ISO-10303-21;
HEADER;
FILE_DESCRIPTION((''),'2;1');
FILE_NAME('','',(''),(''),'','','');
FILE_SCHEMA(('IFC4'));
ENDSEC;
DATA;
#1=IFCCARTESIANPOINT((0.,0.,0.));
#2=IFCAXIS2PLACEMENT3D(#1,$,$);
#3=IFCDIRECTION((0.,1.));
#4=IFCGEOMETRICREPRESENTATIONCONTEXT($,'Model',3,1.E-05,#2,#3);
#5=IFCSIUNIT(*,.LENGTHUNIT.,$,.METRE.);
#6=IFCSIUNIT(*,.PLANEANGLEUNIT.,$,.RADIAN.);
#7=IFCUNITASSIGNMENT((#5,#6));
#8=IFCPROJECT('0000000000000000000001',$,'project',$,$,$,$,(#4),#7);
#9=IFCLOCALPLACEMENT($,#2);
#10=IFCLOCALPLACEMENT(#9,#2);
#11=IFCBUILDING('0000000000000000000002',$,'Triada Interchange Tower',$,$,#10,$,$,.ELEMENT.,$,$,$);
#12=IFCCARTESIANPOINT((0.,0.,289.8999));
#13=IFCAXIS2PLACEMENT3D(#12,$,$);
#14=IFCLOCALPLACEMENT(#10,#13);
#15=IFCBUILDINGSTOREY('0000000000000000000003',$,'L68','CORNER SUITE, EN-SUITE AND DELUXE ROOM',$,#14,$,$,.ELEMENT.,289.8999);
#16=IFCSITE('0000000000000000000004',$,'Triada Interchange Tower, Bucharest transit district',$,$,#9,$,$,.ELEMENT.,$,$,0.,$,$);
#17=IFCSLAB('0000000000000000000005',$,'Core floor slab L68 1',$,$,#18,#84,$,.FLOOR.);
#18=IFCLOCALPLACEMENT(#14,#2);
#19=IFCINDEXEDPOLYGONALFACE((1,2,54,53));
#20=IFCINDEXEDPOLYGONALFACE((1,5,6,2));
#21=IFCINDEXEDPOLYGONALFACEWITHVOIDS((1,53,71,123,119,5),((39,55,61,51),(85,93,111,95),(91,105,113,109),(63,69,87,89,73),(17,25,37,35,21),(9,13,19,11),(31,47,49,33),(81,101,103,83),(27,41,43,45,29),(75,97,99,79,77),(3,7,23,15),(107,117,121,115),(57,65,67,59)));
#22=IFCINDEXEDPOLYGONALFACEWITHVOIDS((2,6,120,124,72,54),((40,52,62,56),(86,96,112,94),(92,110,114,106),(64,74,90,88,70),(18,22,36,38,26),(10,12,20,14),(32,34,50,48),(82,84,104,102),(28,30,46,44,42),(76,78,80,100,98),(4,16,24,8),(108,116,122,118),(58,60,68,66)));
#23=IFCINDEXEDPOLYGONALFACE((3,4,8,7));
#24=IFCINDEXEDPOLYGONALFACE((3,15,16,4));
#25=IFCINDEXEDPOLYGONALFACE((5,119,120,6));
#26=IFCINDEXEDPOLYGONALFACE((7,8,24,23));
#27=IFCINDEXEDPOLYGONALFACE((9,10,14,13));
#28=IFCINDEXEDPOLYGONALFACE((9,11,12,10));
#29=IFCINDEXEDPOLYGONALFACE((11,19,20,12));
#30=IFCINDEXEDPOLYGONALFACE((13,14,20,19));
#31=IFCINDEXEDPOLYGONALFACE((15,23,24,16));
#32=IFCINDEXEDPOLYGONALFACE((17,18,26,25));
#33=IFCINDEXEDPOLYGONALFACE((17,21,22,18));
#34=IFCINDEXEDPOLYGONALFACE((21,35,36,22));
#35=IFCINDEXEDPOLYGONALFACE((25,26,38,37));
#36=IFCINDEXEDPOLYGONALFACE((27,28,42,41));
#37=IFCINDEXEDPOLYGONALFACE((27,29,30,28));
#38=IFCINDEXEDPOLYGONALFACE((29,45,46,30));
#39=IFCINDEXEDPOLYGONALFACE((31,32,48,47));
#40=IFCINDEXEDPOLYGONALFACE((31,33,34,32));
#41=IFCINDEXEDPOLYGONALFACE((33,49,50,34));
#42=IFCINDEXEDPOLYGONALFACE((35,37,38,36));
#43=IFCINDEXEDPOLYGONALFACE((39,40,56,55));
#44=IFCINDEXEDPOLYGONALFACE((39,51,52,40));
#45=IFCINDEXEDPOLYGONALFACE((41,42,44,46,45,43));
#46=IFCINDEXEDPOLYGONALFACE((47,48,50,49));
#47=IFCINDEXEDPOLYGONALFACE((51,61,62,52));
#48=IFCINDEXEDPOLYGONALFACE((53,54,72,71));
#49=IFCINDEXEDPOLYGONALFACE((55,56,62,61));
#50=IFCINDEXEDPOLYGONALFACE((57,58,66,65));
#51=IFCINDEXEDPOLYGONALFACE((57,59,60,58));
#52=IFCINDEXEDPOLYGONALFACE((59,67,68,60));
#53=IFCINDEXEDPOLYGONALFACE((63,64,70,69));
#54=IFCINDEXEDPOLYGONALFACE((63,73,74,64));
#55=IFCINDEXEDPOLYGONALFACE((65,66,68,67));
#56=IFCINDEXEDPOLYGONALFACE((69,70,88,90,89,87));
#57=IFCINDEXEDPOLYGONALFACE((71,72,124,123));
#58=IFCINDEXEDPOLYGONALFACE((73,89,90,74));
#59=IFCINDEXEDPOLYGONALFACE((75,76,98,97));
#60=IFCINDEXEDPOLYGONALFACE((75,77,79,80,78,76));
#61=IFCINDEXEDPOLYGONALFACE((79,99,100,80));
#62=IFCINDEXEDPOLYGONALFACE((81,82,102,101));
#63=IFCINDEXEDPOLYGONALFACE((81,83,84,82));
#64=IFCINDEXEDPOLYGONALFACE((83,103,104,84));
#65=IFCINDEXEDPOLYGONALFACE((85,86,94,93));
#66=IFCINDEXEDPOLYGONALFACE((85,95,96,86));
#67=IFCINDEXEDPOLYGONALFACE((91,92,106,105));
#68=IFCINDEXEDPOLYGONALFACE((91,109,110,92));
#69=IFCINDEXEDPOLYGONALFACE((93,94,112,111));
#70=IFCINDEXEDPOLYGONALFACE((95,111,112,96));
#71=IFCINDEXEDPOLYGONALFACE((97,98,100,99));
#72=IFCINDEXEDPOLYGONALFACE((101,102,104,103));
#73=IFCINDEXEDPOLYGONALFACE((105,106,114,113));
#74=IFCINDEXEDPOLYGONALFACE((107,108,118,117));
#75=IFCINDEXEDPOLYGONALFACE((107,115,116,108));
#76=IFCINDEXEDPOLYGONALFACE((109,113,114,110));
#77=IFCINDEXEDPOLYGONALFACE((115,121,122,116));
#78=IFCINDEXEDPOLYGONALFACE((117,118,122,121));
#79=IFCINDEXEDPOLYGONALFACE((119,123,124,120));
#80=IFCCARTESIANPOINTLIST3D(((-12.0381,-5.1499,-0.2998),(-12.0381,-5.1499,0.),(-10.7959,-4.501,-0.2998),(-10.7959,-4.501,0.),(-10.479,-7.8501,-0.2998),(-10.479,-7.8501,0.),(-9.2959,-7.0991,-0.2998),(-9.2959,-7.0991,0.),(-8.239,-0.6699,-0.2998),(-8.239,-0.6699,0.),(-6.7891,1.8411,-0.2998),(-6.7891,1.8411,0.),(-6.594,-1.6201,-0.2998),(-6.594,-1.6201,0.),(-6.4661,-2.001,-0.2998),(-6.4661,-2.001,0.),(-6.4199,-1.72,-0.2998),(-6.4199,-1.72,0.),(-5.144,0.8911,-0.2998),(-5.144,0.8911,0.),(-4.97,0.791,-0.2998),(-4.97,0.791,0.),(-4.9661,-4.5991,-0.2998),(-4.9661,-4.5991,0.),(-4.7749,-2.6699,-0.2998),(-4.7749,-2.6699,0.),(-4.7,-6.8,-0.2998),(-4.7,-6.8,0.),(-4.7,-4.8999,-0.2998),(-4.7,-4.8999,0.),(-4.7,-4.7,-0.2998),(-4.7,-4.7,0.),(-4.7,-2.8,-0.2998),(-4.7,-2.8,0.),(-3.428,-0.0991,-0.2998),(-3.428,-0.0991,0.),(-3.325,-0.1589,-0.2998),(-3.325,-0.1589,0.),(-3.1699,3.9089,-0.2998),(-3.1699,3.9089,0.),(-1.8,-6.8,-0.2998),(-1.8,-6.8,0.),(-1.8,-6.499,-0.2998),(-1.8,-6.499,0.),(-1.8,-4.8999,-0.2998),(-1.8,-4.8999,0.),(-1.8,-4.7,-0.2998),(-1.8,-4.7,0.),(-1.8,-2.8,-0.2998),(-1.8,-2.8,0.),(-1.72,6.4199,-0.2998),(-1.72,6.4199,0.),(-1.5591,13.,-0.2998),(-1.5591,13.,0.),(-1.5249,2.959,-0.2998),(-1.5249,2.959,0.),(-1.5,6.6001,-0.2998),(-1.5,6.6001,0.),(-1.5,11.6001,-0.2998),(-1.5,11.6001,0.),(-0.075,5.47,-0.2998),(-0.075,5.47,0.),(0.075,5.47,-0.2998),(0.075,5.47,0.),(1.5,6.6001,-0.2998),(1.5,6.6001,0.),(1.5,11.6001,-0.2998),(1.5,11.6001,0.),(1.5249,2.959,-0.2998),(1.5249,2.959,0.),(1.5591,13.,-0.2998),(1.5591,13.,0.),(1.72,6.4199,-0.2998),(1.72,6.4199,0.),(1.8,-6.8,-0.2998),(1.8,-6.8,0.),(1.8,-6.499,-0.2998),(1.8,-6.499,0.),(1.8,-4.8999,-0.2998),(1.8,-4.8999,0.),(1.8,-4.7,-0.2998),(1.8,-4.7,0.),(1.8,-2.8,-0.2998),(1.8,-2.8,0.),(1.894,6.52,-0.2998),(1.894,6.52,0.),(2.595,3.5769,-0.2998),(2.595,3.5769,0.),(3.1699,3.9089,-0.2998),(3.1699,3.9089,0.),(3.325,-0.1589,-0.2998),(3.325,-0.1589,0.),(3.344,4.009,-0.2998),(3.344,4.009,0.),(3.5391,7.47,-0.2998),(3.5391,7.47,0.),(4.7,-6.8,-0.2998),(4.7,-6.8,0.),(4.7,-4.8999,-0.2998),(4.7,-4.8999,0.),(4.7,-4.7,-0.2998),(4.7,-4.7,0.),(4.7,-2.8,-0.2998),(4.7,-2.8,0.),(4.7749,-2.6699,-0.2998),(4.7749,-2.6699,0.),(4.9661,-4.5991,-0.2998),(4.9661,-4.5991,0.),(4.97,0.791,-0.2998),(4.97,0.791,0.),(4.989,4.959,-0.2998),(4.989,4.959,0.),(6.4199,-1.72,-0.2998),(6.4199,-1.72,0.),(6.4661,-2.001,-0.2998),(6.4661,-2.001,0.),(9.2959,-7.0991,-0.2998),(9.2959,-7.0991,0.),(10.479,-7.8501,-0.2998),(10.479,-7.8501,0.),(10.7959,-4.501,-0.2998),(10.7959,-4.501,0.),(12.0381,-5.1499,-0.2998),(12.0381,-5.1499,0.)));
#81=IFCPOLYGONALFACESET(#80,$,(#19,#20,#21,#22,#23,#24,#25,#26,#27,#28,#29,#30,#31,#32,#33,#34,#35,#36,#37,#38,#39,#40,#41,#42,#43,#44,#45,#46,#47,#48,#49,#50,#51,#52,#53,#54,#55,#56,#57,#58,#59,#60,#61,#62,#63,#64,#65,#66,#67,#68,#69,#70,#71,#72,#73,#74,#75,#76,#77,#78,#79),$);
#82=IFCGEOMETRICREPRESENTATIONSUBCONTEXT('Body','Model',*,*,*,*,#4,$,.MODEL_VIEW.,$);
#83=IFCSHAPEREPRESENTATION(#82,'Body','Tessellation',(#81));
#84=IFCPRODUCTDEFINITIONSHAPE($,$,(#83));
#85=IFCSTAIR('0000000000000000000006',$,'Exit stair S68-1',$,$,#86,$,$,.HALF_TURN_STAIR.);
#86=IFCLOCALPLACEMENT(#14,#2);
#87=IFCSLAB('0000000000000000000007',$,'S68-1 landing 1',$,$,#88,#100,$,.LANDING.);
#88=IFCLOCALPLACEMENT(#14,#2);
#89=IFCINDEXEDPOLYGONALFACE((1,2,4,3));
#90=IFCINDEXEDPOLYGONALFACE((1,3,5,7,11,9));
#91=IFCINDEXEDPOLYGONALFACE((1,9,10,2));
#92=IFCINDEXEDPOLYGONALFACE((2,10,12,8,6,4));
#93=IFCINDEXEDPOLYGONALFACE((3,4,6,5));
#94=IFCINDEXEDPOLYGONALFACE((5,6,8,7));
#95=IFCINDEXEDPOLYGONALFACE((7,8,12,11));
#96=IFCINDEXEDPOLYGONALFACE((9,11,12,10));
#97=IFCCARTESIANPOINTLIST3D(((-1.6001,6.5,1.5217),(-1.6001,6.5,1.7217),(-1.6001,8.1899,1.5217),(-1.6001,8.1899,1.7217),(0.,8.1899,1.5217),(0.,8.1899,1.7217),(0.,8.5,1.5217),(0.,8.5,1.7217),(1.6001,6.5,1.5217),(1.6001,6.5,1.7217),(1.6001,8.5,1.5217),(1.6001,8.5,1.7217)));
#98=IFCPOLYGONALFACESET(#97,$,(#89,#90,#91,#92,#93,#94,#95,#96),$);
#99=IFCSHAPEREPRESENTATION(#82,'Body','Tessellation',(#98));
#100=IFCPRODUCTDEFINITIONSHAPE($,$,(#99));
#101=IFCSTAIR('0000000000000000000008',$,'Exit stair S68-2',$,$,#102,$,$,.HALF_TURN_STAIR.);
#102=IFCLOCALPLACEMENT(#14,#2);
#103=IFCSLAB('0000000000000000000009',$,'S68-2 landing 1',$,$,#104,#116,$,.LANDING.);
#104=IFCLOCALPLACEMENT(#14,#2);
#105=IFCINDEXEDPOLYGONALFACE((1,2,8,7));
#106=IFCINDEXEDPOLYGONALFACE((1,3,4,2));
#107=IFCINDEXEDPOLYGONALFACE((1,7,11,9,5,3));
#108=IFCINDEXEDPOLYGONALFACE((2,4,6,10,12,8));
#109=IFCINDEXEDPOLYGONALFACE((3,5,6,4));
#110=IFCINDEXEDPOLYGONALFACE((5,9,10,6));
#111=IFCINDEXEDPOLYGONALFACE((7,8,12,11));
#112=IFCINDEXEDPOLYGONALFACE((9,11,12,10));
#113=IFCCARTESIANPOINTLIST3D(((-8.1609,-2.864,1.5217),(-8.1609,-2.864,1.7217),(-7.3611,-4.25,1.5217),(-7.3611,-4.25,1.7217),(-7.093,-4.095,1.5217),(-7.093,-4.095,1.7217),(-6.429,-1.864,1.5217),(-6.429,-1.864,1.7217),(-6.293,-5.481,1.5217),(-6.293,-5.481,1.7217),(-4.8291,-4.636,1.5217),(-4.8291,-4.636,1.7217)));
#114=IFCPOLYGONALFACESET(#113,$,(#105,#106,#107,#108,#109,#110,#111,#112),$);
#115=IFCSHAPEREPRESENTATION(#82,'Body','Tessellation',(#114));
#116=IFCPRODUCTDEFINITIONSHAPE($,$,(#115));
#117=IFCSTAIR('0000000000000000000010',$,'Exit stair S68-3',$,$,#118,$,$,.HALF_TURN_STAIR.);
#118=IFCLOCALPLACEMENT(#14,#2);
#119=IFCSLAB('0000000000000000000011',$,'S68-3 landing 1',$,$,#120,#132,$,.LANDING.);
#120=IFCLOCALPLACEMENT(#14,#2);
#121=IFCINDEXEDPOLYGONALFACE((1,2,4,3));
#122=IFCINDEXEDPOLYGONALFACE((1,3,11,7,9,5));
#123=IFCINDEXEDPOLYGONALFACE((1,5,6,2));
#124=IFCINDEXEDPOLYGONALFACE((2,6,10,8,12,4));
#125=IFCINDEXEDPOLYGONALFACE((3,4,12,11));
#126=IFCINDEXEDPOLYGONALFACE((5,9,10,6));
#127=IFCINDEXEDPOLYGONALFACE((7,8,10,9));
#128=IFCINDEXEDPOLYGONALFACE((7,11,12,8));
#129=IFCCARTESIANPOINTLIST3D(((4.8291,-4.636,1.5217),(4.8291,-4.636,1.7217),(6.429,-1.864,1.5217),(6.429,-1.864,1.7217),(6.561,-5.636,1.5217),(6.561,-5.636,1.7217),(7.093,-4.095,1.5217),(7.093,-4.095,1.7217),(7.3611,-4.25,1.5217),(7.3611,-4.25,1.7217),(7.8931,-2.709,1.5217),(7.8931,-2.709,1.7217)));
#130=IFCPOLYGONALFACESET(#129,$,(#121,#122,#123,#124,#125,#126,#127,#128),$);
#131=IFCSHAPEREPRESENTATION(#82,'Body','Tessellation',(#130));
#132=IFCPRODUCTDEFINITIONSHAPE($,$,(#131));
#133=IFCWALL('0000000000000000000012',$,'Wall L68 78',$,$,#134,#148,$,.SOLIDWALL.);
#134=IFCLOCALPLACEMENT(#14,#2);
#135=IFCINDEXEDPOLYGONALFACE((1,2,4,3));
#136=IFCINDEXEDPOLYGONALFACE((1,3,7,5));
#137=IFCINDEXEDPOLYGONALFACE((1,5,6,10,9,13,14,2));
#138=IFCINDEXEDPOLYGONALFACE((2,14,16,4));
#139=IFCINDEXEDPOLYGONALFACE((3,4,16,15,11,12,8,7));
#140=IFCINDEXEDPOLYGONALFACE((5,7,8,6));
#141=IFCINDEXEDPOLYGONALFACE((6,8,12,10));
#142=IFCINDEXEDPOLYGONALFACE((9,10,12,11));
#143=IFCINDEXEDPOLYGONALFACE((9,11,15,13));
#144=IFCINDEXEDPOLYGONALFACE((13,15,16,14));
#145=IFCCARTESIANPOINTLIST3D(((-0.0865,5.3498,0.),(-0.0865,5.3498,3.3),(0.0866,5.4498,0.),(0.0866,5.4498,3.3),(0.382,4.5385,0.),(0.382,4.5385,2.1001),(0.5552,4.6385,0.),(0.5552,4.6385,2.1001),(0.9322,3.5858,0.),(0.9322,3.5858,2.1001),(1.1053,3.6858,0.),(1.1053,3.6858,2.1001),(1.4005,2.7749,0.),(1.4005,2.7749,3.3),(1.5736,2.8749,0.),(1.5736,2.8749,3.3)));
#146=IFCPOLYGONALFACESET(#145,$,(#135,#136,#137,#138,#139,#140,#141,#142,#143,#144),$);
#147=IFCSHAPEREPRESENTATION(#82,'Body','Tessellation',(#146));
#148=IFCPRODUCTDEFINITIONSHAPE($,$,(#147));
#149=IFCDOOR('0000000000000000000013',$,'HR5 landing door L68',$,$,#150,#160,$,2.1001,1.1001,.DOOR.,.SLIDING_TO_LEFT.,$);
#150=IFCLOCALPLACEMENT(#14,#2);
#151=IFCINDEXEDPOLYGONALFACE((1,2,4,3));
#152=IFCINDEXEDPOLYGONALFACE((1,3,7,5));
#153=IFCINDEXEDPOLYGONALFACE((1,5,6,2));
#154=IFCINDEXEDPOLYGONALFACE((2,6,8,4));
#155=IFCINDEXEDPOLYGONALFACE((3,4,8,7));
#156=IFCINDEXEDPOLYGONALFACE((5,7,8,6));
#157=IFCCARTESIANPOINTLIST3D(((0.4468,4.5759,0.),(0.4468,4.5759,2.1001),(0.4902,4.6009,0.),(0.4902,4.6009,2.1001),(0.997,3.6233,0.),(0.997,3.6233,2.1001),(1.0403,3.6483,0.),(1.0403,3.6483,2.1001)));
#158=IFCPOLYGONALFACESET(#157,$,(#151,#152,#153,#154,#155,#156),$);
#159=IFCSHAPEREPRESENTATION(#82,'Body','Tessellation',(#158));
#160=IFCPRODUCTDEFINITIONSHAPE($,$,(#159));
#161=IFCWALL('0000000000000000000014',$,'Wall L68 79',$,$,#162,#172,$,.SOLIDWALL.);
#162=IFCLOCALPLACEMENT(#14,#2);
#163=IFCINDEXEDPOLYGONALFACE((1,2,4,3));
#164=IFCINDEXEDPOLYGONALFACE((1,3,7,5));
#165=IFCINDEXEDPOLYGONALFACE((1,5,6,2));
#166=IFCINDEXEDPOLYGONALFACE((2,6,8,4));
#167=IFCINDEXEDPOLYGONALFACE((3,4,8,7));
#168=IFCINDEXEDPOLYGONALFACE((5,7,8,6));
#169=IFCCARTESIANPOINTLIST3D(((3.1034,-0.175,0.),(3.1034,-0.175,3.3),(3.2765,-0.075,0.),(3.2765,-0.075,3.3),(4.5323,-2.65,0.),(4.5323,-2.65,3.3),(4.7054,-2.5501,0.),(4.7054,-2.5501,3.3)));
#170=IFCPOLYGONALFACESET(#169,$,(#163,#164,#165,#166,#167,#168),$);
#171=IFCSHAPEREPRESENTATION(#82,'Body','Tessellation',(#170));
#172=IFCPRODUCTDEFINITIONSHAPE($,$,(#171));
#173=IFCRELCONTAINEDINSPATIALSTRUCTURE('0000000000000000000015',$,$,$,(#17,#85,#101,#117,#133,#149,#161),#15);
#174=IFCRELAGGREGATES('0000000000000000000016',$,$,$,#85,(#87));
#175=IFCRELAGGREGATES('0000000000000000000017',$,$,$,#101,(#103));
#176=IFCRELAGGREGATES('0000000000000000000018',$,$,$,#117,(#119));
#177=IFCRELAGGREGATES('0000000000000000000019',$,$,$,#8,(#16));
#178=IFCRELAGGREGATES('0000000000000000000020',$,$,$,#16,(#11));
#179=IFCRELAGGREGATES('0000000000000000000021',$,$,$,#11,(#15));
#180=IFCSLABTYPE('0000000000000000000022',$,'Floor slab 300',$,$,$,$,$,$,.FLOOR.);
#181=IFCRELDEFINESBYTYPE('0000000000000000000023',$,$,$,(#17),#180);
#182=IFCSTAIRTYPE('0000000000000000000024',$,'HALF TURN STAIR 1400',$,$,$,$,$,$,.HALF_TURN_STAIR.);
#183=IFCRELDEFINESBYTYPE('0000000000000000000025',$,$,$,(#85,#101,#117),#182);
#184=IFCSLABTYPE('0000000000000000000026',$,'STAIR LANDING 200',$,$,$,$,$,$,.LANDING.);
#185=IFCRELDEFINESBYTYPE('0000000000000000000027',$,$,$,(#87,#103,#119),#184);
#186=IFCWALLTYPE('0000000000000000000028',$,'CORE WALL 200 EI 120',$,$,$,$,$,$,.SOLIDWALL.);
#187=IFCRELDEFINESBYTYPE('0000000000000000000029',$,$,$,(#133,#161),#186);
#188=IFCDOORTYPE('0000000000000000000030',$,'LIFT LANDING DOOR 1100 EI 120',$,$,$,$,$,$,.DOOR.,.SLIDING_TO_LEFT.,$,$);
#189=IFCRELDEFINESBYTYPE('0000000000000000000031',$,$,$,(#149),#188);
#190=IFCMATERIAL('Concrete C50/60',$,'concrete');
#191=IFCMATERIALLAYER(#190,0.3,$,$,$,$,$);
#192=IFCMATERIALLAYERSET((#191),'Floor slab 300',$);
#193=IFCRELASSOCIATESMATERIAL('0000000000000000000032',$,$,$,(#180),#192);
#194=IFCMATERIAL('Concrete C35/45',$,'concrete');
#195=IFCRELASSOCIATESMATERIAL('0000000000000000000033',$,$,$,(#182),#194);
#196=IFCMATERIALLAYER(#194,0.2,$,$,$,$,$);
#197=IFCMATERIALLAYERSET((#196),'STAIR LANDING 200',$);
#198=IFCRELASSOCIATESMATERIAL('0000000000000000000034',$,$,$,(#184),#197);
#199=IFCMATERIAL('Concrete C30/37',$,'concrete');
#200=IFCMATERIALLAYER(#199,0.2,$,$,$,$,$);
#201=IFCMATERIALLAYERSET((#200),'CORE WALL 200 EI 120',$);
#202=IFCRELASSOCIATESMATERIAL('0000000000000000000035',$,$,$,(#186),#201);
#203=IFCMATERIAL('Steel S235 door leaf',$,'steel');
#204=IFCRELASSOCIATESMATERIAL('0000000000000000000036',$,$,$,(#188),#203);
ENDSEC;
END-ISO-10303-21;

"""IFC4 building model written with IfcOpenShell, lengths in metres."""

from ifc_helpers import new_model, si_unit, direction, frame, frame_2d, origin, place, context, subcontext, project, spatial, polyline, rectangle, outline, extrude, material, layer, layer_set, type_object, element, fill, aggregate, save


model = new_model("IFC4")

# Units and contexts
model_context = context("Model", 3, precision=1e-05, world=origin(), true_north=direction((0.0, 1.0)))
body_context = subcontext(model_context, "Body", "Model", "MODEL_VIEW")
ifc_project = project(units=[si_unit("LENGTHUNIT", "METRE"), si_unit("PLANEANGLEUNIT", "RADIAN")], contexts=[model_context])

# Site, building, storey
site_placement = place(None, origin())
site = spatial("IfcSite", under=ifc_project, at=site_placement, Name="Triada Interchange Tower, Bucharest transit district", CompositionType="ELEMENT", RefElevation=0.0)
building_placement = place(site_placement, origin())
building = spatial("IfcBuilding", under=site, at=building_placement, Name="Triada Interchange Tower", CompositionType="ELEMENT")
storey_placement = place(building_placement, frame((0.0, 0.0, 289.8999)))
storey = spatial("IfcBuildingStorey", under=building, at=storey_placement, Name="L68", Description="CORNER SUITE, EN-SUITE AND DELUXE ROOM", CompositionType="ELEMENT", Elevation=289.8999)

# Slab
ifc_material_1 = material(Name="Concrete C50/60", Category="concrete")
ifc_layer_1 = layer(ifc_material_1, 0.3)
ifc_layer_set_1 = layer_set([ifc_layer_1], Name="Floor slab 300")
slab_type_1 = type_object("IfcSlabType", Name="Floor slab 300", PredefinedType="FLOOR", material=ifc_layer_set_1)
slab_1_placement = place(storey_placement, frame((0.0, 0.0, -0.2998)))
element("IfcSlab", 1, at=slab_1_placement, inside=storey, type_object=slab_type_1, Name="Core floor slab L68 1", PredefinedType="FLOOR", context=body_context, shape_type="SweptSolid", body=[
    extrude(outline(polyline([(12.0381, -5.1499), (10.479, -7.8501), (-10.479, -7.8501), (-12.0381, -5.1499), (-1.5591, 13.0), (1.5591, 13.0), (12.0381, -5.1499)]), holes=[polyline([(9.2959, -7.0991), (10.7959, -4.501), (6.4661, -2.001), (4.9661, -4.5991), (9.2959, -7.0991)]), polyline([(4.97, 0.791), (3.325, -0.1589), (4.7749, -2.6699), (6.4199, -1.72), (4.97, 0.791)]), polyline([(1.894, 6.52), (3.344, 4.009), (4.989, 4.959), (3.5391, 7.47), (1.894, 6.52)]), polyline([(1.8, -4.8999), (1.8, -6.499), (1.8, -6.8), (4.7, -6.8), (4.7, -4.8999), (1.8, -4.8999)]), polyline([(4.7, -2.8), (1.8, -2.8), (1.8, -4.7), (4.7, -4.7), (4.7, -2.8)]), polyline([(1.5249, 2.959), (2.595, 3.5769), (3.1699, 3.9089), (1.72, 6.4199), (0.075, 5.47), (1.5249, 2.959)]), polyline([(-1.5, 11.6001), (-1.5, 6.6001), (1.5, 6.6001), (1.5, 11.6001), (-1.5, 11.6001)]), polyline([(-1.5249, 2.959), (-0.075, 5.47), (-1.72, 6.4199), (-3.1699, 3.9089), (-1.5249, 2.959)]), polyline([(-1.8, -2.8), (-4.7, -2.8), (-4.7, -4.7), (-1.8, -4.7), (-1.8, -2.8)]), polyline([(-4.7, -6.8), (-1.8, -6.8), (-1.8, -6.499), (-1.8, -4.8999), (-4.7, -4.8999), (-4.7, -6.8)]), polyline([(-3.428, -0.0991), (-4.97, 0.791), (-6.4199, -1.72), (-4.7749, -2.6699), (-3.325, -0.1589), (-3.428, -0.0991)]), polyline([(-10.7959, -4.501), (-9.2959, -7.0991), (-4.9661, -4.5991), (-6.4661, -2.001), (-10.7959, -4.501)]), polyline([(-6.594, -1.6201), (-5.144, 0.8911), (-6.7891, 1.8411), (-8.239, -0.6699), (-6.594, -1.6201)])]), origin(), (0.0, 0.0, 1.0), 0.2998),
])

# Stairs, slabs
ifc_material_2 = material(Name="Concrete C35/45", Category="concrete")
stair_type = type_object("IfcStairType", Name="HALF TURN STAIR 1400", PredefinedType="HALF_TURN_STAIR", material=ifc_material_2)
stair_1_placement = place(storey_placement, origin())
stair_1 = element("IfcStair", 2, at=stair_1_placement, inside=storey, type_object=stair_type, Name="Exit stair S68-1", PredefinedType="HALF_TURN_STAIR")
ifc_layer_2 = layer(ifc_material_2, 0.2)
ifc_layer_set_2 = layer_set([ifc_layer_2], Name="STAIR LANDING 200")
slab_type_2 = type_object("IfcSlabType", Name="STAIR LANDING 200", PredefinedType="LANDING", material=ifc_layer_set_2)
slab_2_placement = place(storey_placement, frame((0.0, 0.0, 1.5217)))
slab_2 = element("IfcSlab", 3, at=slab_2_placement, type_object=slab_type_2, Name="S68-1 landing 1", PredefinedType="LANDING", context=body_context, shape_type="SweptSolid", body=[
    extrude(outline(polyline([(1.6001, 6.5), (1.6001, 8.5), (0.0, 8.5), (0.0, 8.1899), (-1.6001, 8.1899), (-1.6001, 6.5), (1.6001, 6.5)])), origin(), (0.0, 0.0, 1.0), 0.2),
])
aggregate(stair_1, [slab_2])
stair_2_placement = place(storey_placement, origin())
stair_2 = element("IfcStair", 4, at=stair_2_placement, inside=storey, type_object=stair_type, Name="Exit stair S68-2", PredefinedType="HALF_TURN_STAIR")
slab_3_placement = place(storey_placement, frame((0.0, 0.0, 1.5217)))
slab_3 = element("IfcSlab", 5, at=slab_3_placement, type_object=slab_type_2, Name="S68-2 landing 1", PredefinedType="LANDING", context=body_context, shape_type="SweptSolid", body=[
    extrude(outline(polyline([(-6.429, -1.864), (-8.1609, -2.864), (-7.3611, -4.25), (-7.093, -4.095), (-6.293, -5.481), (-4.8291, -4.636), (-6.429, -1.864)])), origin(), (0.0, 0.0, 1.0), 0.2),
])
aggregate(stair_2, [slab_3])
stair_3_placement = place(storey_placement, origin())
stair_3 = element("IfcStair", 6, at=stair_3_placement, inside=storey, type_object=stair_type, Name="Exit stair S68-3", PredefinedType="HALF_TURN_STAIR")
slab_4_placement = place(storey_placement, frame((0.0, 0.0, 1.5217)))
slab_4 = element("IfcSlab", 7, at=slab_4_placement, type_object=slab_type_2, Name="S68-3 landing 1", PredefinedType="LANDING", context=body_context, shape_type="SweptSolid", body=[
    extrude(outline(polyline([(4.8291, -4.636), (6.561, -5.636), (7.3611, -4.25), (7.093, -4.095), (7.8931, -2.709), (6.429, -1.864), (4.8291, -4.636)])), origin(), (0.0, 0.0, 1.0), 0.2),
])
aggregate(stair_3, [slab_4])

# Wall, opening, door
ifc_material_3 = material(Name="Concrete C30/37", Category="concrete")
ifc_layer_3 = layer(ifc_material_3, 0.2)
ifc_layer_set_3 = layer_set([ifc_layer_3], Name="CORE WALL 200 EI 120")
wall_type_1 = type_object("IfcWallType", Name="CORE WALL 200 EI 120", PredefinedType="SOLIDWALL", material=ifc_layer_set_3)
wall_1_placement = place(storey_placement, frame((0.0, 5.3999, 0.0), z_axis=(0.0, 0.0, 1.0), x_axis=(0.500104, -0.865965, 0.0)))
wall_1 = element("IfcWall", 8, at=wall_1_placement, inside=storey, type_object=wall_type_1, Name="Wall L68 78", PredefinedType="SOLIDWALL", context=body_context, shape_type="SweptSolid", body=[
    extrude(rectangle(XDim=2.9734, YDim=0.2, at=frame_2d((1.4868, 0.0))), origin(), (0.0, 0.0, 1.0), 3.3),
])
opening_1_placement = place(wall_1_placement, frame((0.937, 0.0, 0.0)))
opening_1 = element("IfcOpeningElement", 9, at=opening_1_placement, cuts=wall_1, PredefinedType="OPENING", context=body_context, shape_type="SweptSolid", body=[
    extrude(rectangle(XDim=1.1001, YDim=2.1001, at=frame_2d((0.55, 1.05))), frame((0.0, 0.1099, 0.0), z_axis=(0.0, -1.0, 0.0), x_axis=(1.0, 0.0, 0.0)), (0.0, 0.0, 1.0), 0.22),
])
ifc_material_4 = material(Name="Steel S235 door leaf", Category="steel")
door_type_1 = type_object("IfcDoorType", Name="LIFT LANDING DOOR 1100 EI 120", OperationType="SLIDING_TO_LEFT", PredefinedType="DOOR", material=ifc_material_4)
door_1_placement = place(opening_1_placement, origin())
door_1 = element("IfcDoor", 10, at=door_1_placement, inside=storey, type_object=door_type_1, Name="HR5 landing door L68", OperationType="SLIDING_TO_LEFT", OverallHeight=2.1001, OverallWidth=1.1001, PredefinedType="DOOR", context=body_context, shape_type="SweptSolid", body=[
    extrude(rectangle(XDim=1.1001, YDim=2.1001, at=frame_2d((0.55, 1.05))), frame((0.0, 0.0249, 0.0), z_axis=(0.0, -1.0, 0.0), x_axis=(1.0, 0.0, 0.0)), (0.0, 0.0, 1.0), 0.05),
])
fill(opening_1, door_1)

# Wall
wall_2_placement = place(storey_placement, frame((3.1899, -0.125, 0.0), z_axis=(0.0, 0.0, 1.0), x_axis=(0.499989, -0.866032, 0.0)))
element("IfcWall", 11, at=wall_2_placement, inside=storey, type_object=wall_type_1, Name="Wall L68 79", PredefinedType="SOLIDWALL", context=body_context, shape_type="SweptSolid", body=[
    extrude(rectangle(XDim=2.8579, YDim=0.2, at=frame_2d((1.429, 0.0))), origin(), (0.0, 0.0, 1.0), 3.3),
])

save(model, "model.ifc")
